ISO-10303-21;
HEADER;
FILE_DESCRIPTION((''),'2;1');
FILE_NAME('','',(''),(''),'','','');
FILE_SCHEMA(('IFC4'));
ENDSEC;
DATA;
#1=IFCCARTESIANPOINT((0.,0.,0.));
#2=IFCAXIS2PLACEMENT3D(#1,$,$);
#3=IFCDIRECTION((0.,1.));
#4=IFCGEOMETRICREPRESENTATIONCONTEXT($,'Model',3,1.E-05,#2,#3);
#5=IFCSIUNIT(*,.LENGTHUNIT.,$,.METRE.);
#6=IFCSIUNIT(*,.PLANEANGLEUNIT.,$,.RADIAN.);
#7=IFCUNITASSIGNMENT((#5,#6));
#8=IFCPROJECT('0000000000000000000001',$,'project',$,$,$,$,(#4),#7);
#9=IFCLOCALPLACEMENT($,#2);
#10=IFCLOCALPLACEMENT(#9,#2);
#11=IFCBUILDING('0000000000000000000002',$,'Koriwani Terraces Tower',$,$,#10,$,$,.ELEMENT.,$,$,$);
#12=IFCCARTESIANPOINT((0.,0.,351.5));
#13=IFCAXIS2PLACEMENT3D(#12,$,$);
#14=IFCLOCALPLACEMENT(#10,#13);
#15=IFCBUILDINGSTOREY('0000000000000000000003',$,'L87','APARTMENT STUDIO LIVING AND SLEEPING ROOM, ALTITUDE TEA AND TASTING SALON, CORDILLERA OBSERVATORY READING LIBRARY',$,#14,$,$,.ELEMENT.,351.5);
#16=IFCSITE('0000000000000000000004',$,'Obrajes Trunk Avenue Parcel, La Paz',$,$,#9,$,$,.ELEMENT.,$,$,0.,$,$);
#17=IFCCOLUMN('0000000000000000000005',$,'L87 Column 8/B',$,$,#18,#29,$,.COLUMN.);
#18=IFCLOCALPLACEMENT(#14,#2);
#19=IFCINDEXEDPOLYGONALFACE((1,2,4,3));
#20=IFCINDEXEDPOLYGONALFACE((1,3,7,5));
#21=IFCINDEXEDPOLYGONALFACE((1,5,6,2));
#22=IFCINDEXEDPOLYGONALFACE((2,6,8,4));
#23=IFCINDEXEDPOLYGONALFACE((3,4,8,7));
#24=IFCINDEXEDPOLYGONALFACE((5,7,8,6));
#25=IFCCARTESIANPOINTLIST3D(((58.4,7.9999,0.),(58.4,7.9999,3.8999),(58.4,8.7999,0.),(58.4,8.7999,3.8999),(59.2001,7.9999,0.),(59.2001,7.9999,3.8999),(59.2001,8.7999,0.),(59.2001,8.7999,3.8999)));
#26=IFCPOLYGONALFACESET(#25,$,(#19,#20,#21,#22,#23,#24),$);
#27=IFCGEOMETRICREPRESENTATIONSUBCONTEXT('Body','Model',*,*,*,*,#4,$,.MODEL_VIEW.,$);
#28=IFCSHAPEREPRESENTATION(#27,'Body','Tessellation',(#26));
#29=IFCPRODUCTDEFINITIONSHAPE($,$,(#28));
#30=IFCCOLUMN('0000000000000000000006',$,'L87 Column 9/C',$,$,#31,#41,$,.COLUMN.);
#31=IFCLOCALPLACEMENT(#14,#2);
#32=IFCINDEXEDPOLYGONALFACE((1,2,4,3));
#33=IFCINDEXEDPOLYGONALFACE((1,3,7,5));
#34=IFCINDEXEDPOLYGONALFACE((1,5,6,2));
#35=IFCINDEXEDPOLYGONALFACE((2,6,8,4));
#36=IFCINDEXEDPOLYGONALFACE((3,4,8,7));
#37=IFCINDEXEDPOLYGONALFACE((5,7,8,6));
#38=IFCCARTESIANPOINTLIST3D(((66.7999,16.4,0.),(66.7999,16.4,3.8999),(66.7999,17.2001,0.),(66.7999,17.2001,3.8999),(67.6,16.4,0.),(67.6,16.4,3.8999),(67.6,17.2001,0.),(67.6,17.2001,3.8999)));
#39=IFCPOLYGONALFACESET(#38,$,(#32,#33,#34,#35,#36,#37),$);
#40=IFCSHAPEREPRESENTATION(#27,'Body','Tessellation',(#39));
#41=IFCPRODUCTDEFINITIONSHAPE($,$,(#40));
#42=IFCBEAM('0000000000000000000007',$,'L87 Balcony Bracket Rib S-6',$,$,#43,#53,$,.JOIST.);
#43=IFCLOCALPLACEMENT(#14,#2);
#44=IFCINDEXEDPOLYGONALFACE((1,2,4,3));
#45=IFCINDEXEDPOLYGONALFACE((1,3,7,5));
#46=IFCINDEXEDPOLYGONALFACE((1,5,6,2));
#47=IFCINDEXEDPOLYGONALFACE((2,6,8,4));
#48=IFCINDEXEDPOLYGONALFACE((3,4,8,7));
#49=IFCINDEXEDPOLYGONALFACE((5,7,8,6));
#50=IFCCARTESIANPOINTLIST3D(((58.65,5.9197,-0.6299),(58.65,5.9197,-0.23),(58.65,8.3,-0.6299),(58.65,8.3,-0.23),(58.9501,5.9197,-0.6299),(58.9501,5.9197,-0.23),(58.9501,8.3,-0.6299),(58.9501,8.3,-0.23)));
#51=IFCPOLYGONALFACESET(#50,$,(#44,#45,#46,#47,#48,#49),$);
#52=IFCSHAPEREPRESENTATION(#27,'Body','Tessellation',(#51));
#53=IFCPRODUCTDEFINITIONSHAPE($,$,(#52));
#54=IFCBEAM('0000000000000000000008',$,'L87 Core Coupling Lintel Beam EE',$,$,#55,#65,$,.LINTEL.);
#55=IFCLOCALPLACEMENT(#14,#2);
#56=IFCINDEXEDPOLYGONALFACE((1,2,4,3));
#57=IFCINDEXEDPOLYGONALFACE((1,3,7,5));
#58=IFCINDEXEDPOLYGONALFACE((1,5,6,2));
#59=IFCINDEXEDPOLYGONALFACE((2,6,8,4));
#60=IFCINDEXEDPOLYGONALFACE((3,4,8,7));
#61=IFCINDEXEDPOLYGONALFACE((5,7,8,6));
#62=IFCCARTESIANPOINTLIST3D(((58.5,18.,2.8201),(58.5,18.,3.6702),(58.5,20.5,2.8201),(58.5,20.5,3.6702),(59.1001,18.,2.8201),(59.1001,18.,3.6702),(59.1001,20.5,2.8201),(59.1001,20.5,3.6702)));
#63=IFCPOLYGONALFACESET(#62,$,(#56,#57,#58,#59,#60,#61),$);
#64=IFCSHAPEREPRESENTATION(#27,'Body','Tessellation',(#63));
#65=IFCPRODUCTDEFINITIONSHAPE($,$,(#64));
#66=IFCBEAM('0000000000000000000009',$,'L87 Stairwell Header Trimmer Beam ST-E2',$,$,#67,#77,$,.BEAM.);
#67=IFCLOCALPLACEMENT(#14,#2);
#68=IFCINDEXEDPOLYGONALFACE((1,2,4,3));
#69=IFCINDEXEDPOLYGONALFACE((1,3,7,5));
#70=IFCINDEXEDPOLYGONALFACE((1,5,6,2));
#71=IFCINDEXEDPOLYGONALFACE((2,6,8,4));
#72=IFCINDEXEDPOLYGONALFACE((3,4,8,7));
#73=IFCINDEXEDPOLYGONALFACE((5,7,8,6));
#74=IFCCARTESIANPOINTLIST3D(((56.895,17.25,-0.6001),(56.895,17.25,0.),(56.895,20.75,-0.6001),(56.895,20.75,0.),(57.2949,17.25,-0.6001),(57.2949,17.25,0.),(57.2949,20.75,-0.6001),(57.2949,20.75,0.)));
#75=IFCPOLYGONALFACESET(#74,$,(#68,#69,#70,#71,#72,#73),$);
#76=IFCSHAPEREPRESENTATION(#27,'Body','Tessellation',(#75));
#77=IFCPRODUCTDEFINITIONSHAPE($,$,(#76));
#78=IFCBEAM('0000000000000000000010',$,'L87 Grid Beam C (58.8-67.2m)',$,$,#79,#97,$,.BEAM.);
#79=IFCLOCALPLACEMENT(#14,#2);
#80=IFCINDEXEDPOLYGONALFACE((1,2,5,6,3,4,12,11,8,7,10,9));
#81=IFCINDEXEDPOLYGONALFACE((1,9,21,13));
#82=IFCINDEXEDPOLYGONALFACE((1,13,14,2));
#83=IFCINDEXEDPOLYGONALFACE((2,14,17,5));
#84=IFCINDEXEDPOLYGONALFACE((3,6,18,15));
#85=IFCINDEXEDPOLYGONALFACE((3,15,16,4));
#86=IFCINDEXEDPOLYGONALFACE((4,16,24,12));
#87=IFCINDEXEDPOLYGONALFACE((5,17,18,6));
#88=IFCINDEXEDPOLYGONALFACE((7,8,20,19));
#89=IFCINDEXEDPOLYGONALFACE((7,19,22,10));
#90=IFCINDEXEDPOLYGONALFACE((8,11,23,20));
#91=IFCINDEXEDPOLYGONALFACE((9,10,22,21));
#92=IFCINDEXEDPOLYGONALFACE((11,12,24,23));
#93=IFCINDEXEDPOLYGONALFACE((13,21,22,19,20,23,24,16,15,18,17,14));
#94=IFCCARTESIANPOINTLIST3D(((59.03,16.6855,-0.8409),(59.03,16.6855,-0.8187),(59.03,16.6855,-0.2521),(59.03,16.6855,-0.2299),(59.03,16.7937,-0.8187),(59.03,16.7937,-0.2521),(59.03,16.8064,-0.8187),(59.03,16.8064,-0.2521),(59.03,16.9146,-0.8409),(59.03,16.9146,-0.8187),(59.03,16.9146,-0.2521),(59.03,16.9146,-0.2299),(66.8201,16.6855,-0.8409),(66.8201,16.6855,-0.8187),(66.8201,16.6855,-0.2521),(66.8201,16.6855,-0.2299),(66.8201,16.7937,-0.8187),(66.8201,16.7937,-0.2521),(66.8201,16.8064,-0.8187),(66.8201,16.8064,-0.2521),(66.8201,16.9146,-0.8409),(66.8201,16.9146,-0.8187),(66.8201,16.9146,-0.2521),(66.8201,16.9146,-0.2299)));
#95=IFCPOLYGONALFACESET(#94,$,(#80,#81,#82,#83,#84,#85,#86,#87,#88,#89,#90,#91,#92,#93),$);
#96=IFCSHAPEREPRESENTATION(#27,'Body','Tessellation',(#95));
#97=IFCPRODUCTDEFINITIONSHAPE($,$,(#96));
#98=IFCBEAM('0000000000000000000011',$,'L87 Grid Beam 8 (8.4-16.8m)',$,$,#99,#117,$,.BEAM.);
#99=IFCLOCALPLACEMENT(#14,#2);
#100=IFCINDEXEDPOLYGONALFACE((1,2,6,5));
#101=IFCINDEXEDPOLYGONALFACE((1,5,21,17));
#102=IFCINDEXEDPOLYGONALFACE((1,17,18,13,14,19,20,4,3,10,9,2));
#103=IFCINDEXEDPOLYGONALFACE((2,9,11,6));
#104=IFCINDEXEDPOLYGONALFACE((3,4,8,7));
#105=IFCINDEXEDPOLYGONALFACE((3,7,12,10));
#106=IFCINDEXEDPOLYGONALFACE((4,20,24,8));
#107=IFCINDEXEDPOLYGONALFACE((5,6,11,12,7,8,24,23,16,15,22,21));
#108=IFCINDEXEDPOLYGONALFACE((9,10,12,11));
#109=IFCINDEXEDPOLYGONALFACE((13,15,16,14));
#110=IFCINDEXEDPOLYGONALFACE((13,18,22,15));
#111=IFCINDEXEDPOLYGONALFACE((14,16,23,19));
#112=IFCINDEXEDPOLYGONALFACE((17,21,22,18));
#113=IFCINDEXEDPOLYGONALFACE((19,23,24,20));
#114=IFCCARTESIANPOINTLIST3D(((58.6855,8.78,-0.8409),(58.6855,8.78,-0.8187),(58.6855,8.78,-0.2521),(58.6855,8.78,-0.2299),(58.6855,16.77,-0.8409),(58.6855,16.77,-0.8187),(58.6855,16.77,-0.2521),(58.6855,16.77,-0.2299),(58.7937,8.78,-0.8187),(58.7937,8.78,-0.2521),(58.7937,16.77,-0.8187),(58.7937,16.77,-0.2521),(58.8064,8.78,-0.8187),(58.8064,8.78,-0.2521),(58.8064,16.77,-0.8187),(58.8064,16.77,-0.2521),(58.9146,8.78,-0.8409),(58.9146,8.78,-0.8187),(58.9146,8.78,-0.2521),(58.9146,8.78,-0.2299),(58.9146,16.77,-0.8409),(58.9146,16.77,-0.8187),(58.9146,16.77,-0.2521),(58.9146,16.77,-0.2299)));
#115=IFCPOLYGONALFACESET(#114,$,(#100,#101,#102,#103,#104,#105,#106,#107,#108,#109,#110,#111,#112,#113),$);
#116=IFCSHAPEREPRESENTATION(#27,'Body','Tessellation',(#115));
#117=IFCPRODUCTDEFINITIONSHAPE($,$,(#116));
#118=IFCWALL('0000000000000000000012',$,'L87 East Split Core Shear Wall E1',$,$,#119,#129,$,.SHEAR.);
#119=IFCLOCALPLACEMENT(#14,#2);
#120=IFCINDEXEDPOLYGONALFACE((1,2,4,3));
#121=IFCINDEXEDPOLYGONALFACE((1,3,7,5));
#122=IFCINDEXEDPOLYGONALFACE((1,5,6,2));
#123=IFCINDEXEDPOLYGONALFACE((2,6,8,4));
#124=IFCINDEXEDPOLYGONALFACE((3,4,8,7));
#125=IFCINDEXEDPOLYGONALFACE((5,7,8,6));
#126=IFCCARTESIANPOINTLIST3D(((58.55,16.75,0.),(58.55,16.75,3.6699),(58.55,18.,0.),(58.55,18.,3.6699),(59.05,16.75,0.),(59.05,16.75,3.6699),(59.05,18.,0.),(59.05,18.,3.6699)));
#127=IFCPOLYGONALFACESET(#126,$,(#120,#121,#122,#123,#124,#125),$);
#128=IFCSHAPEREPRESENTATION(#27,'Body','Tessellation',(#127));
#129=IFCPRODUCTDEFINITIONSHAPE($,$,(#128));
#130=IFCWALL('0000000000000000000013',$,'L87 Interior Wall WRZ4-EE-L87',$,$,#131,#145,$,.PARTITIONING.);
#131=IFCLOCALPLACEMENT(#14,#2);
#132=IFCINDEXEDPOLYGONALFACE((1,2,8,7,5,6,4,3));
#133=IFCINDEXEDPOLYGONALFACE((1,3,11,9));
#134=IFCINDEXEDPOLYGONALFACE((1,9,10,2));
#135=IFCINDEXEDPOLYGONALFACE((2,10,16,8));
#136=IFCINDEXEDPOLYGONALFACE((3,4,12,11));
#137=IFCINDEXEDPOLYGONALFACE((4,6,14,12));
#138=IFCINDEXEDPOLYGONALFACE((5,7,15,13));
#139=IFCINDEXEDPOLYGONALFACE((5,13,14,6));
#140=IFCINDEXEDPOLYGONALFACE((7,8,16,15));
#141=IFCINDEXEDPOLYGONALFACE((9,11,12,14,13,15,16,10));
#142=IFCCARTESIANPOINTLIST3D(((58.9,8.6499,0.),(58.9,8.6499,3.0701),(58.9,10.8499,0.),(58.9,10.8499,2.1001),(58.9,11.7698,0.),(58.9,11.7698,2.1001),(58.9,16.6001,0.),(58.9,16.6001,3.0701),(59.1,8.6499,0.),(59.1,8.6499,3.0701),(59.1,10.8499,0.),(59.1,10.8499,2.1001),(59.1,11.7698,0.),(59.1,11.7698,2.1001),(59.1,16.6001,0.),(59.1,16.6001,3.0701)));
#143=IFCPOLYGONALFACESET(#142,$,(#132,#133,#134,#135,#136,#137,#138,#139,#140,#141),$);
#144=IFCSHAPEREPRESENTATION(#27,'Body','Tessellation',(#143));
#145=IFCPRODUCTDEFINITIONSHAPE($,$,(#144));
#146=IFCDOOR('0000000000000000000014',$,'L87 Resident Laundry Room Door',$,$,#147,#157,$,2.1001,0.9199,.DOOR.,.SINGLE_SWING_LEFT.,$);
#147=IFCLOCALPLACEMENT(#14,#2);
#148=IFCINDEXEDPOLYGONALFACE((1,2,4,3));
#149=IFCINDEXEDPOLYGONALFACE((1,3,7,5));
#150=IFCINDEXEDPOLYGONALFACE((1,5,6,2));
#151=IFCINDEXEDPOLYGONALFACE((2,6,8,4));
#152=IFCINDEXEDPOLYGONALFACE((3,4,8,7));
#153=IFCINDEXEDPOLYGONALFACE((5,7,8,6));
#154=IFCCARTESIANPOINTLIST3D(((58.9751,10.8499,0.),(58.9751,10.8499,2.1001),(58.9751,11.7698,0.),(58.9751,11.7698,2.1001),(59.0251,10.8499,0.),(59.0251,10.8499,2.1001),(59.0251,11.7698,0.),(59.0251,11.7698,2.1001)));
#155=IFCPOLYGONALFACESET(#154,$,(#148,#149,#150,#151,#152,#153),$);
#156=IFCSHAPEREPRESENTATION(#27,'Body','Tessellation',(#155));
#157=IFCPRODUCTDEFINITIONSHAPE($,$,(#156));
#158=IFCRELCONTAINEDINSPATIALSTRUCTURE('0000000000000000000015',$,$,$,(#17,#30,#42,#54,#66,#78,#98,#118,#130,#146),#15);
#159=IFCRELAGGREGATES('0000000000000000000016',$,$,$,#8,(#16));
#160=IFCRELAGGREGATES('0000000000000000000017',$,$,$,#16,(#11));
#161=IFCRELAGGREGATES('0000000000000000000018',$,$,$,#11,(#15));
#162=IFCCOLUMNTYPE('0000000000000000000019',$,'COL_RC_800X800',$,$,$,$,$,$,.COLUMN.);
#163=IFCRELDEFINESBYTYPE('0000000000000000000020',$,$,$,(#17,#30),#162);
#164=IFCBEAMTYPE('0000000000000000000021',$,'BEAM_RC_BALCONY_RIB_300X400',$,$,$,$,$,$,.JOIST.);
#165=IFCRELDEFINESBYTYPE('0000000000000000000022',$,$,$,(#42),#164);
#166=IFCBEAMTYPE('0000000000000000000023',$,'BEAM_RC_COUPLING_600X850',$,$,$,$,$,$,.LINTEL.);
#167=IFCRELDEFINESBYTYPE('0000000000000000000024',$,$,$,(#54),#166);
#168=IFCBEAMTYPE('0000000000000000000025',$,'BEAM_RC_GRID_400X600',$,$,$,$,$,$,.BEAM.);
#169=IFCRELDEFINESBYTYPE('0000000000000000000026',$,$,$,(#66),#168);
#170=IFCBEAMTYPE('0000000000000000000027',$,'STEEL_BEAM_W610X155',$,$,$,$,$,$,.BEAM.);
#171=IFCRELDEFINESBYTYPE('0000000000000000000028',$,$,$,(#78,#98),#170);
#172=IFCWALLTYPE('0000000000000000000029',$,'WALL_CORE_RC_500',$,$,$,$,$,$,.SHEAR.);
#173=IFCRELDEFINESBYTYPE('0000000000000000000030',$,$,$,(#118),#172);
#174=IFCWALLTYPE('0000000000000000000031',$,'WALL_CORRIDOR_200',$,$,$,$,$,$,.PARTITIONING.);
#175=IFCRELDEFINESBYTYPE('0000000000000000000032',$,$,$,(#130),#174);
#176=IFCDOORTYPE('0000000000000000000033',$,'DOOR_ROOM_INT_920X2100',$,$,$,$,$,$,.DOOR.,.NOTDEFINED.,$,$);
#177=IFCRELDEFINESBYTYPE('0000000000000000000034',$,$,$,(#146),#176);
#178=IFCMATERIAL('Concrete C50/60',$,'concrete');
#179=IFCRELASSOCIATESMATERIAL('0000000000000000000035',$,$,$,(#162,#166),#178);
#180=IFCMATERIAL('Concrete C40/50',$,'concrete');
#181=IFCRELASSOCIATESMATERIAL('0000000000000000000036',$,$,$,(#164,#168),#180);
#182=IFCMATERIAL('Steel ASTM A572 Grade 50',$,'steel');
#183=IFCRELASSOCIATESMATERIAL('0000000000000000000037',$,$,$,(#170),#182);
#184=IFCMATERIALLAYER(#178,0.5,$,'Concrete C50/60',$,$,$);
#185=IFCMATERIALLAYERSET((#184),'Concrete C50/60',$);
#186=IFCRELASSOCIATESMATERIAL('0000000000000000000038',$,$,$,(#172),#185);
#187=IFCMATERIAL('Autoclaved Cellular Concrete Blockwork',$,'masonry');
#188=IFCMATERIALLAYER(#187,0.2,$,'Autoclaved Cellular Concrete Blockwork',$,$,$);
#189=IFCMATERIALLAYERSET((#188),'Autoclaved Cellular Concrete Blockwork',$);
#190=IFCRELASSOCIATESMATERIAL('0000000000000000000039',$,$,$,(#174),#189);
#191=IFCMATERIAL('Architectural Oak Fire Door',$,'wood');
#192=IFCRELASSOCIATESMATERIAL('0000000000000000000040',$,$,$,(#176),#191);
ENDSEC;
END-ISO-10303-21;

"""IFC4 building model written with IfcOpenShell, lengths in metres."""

from ifc_helpers import new_model, si_unit, direction, frame, frame_2d, origin, origin_2d, place, context, subcontext, project, spatial, rectangle, i_section, extrude, material, layer, layer_set, material_profile, profile_set, type_object, element, fill, save


model = new_model("IFC4")

# Units and contexts
model_context = context("Model", 3, precision=1e-05, world=origin(), true_north=direction((0.0, 1.0)))
body_context = subcontext(model_context, "Body", "Model", "MODEL_VIEW")
ifc_project = project(units=[si_unit("LENGTHUNIT", "METRE"), si_unit("PLANEANGLEUNIT", "RADIAN")], contexts=[model_context])

# Site, building, storey
site_placement = place(None, origin())
site = spatial("IfcSite", under=ifc_project, at=site_placement, Name="Obrajes Trunk Avenue Parcel, La Paz", CompositionType="ELEMENT", RefElevation=0.0)
building_placement = place(site_placement, origin())
building = spatial("IfcBuilding", under=site, at=building_placement, Name="Koriwani Terraces Tower", CompositionType="ELEMENT")
storey_placement = place(building_placement, frame((0.0, 0.0, 351.5)))
storey = spatial("IfcBuildingStorey", under=building, at=storey_placement, Name="L87", Description="APARTMENT STUDIO LIVING AND SLEEPING ROOM, ALTITUDE TEA AND TASTING SALON, CORDILLERA OBSERVATORY READING LIBRARY", CompositionType="ELEMENT", Elevation=351.5)

# Columns
ifc_material_1 = material(Name="Concrete C50/60", Category="concrete")
ifc_material_profile_1 = material_profile(ifc_material_1, rectangle(XDim=0.8, YDim=0.8, at=origin_2d()), Name="Concrete C50/60", Category="LoadBearing")
ifc_profile_set_1 = profile_set([ifc_material_profile_1], Name="Concrete C50/60")
column_type = type_object("IfcColumnType", Name="COL_RC_800X800", PredefinedType="COLUMN", material=ifc_profile_set_1)
for number, where, z_axis, x_axis, name in (
    (1, (58.8, 8.3999, 0.0), (0.0, 0.0, 1.0), (1.0, 0.0, 0.0), "L87 Column 8/B"),
    (2, (67.2, 16.8, 0.0), (0.0, 0.0, 1.0), (1.0, 0.0, 0.0), "L87 Column 9/C"),
):
    element("IfcColumn", number, at=place(storey_placement, frame(where, z_axis=z_axis, x_axis=x_axis)), inside=storey, type_object=column_type, Name=name, PredefinedType="COLUMN", context=body_context, shape_type="SweptSolid", body=[
        extrude(rectangle(XDim=0.8, YDim=0.8, at=origin_2d()), origin(), (0.0, 0.0, 1.0), 3.8999),
    ])

# Beams
ifc_material_2 = material(Name="Concrete C40/50", Category="concrete")
ifc_material_profile_2 = material_profile(ifc_material_2, rectangle(XDim=0.3, YDim=0.3999, at=origin_2d()), Name="Concrete C40/50", Category="LoadBearing")
ifc_profile_set_2 = profile_set([ifc_material_profile_2], Name="Concrete C40/50")
beam_type_1 = type_object("IfcBeamType", Name="BEAM_RC_BALCONY_RIB_300X400", PredefinedType="JOIST", material=ifc_profile_set_2)
beam_1_placement = place(storey_placement, frame((58.8, 5.9197, -0.4299), z_axis=(0.0, 1.0, 0.0), x_axis=(-1.0, 0.0, 0.0)))
element("IfcBeam", 3, at=beam_1_placement, inside=storey, type_object=beam_type_1, Name="L87 Balcony Bracket Rib S-6", PredefinedType="JOIST", context=body_context, shape_type="SweptSolid", body=[
    extrude(rectangle(XDim=0.3, YDim=0.3999, at=origin_2d()), origin(), (0.0, 0.0, 1.0), 2.3804),
])
ifc_material_profile_3 = material_profile(ifc_material_1, rectangle(XDim=0.6001, YDim=0.8501, at=origin_2d()), Name="Concrete C50/60", Category="LoadBearing")
ifc_profile_set_3 = profile_set([ifc_material_profile_3], Name="Concrete C50/60")
beam_type_2 = type_object("IfcBeamType", Name="BEAM_RC_COUPLING_600X850", PredefinedType="LINTEL", material=ifc_profile_set_3)
beam_2_placement = place(storey_placement, frame((58.8, 18.0, 3.2451), z_axis=(0.0, 1.0, 0.0), x_axis=(-1.0, 0.0, 0.0)))
element("IfcBeam", 4, at=beam_2_placement, inside=storey, type_object=beam_type_2, Name="L87 Core Coupling Lintel Beam EE", PredefinedType="LINTEL", context=body_context, shape_type="SweptSolid", body=[
    extrude(rectangle(XDim=0.6001, YDim=0.8501, at=origin_2d()), origin(), (0.0, 0.0, 1.0), 2.5),
])
ifc_material_profile_4 = material_profile(ifc_material_2, rectangle(XDim=0.3999, YDim=0.6001, at=origin_2d()), Name="Concrete C40/50", Category="LoadBearing")
ifc_profile_set_4 = profile_set([ifc_material_profile_4], Name="Concrete C40/50")
beam_type_3 = type_object("IfcBeamType", Name="BEAM_RC_GRID_400X600", PredefinedType="BEAM", material=ifc_profile_set_4)
beam_3_placement = place(storey_placement, frame((57.095, 17.25, -0.3), z_axis=(0.0, 1.0, 0.0), x_axis=(-1.0, 0.0, 0.0)))
element("IfcBeam", 5, at=beam_3_placement, inside=storey, type_object=beam_type_3, Name="L87 Stairwell Header Trimmer Beam ST-E2", PredefinedType="BEAM", context=body_context, shape_type="SweptSolid", body=[
    extrude(rectangle(XDim=0.3999, YDim=0.6001, at=origin_2d()), origin(), (0.0, 0.0, 1.0), 3.5),
])
ifc_material_3 = material(Name="Steel ASTM A572 Grade 50", Category="steel")
ifc_material_profile_5 = material_profile(ifc_material_3, i_section(OverallWidth=0.229, OverallDepth=0.6111, WebThickness=0.0127, FlangeThickness=0.0222, at=origin_2d()), Name="Steel ASTM A572 Grade 50", Category="LoadBearing")
ifc_profile_set_5 = profile_set([ifc_material_profile_5], Name="Steel ASTM A572 Grade 50")
beam_type_4 = type_object("IfcBeamType", Name="STEEL_BEAM_W610X155", PredefinedType="BEAM", material=ifc_profile_set_5)
beam_4_placement = place(storey_placement, frame((59.03, 16.8, -0.5354), z_axis=(1.0, 0.0, 0.0), x_axis=(0.0, 1.0, 0.0)))
element("IfcBeam", 6, at=beam_4_placement, inside=storey, type_object=beam_type_4, Name="L87 Grid Beam C (58.8-67.2m)", PredefinedType="BEAM", context=body_context, shape_type="SweptSolid", body=[
    extrude(i_section(OverallWidth=0.229, OverallDepth=0.6111, WebThickness=0.0127, FlangeThickness=0.0222, at=origin_2d()), origin(), (0.0, 0.0, 1.0), 7.79),
])
beam_5_placement = place(storey_placement, frame((58.8, 8.78, -0.5354), z_axis=(0.0, 1.0, 0.0), x_axis=(-1.0, 0.0, 0.0)))
element("IfcBeam", 7, at=beam_5_placement, inside=storey, type_object=beam_type_4, Name="L87 Grid Beam 8 (8.4-16.8m)", PredefinedType="BEAM", context=body_context, shape_type="SweptSolid", body=[
    extrude(i_section(OverallWidth=0.229, OverallDepth=0.6111, WebThickness=0.0127, FlangeThickness=0.0222, at=origin_2d()), origin(), (0.0, 0.0, 1.0), 7.99),
])

# Wall
ifc_layer_1 = layer(ifc_material_1, 0.5, Name="Concrete C50/60")
ifc_layer_set_1 = layer_set([ifc_layer_1], Name="Concrete C50/60")
wall_type_1 = type_object("IfcWallType", Name="WALL_CORE_RC_500", PredefinedType="SHEAR", material=ifc_layer_set_1)
wall_1_placement = place(storey_placement, frame((58.8, 16.75, 0.0), z_axis=(0.0, 0.0, 1.0), x_axis=(0.0, 1.0, 0.0)))
element("IfcWall", 8, at=wall_1_placement, inside=storey, type_object=wall_type_1, Name="L87 East Split Core Shear Wall E1", PredefinedType="SHEAR", context=body_context, shape_type="SweptSolid", body=[
    extrude(rectangle(XDim=1.25, YDim=0.5, at=frame_2d((0.625, 0.0))), origin(), (0.0, 0.0, 1.0), 3.6699),
])

# Wall, opening, door
ifc_material_4 = material(Name="Autoclaved Cellular Concrete Blockwork", Category="masonry")
ifc_layer_2 = layer(ifc_material_4, 0.2, Name="Autoclaved Cellular Concrete Blockwork")
ifc_layer_set_2 = layer_set([ifc_layer_2], Name="Autoclaved Cellular Concrete Blockwork")
wall_type_2 = type_object("IfcWallType", Name="WALL_CORRIDOR_200", PredefinedType="PARTITIONING", material=ifc_layer_set_2)
wall_2_placement = place(storey_placement, frame((59.0, 8.6499, 0.0), z_axis=(0.0, 0.0, 1.0), x_axis=(0.0, 1.0, 0.0)))
wall_2 = element("IfcWall", 9, at=wall_2_placement, inside=storey, type_object=wall_type_2, Name="L87 Interior Wall WRZ4-EE-L87", PredefinedType="PARTITIONING", context=body_context, shape_type="SweptSolid", body=[
    extrude(rectangle(XDim=7.9502, YDim=0.2, at=frame_2d((3.9751, 0.0))), origin(), (0.0, 0.0, 1.0), 3.0701),
])
opening_1_placement = place(wall_2_placement, frame((2.2, 0.0, 0.0)))
opening_1 = element("IfcOpeningElement", 10, at=opening_1_placement, cuts=wall_2, PredefinedType="OPENING", context=body_context, shape_type="SweptSolid", body=[
    extrude(rectangle(XDim=0.9199, YDim=2.1001, at=frame_2d((0.46, 1.05))), frame((0.0, 0.1099, 0.0), z_axis=(0.0, -1.0, 0.0), x_axis=(1.0, 0.0, 0.0)), (0.0, 0.0, 1.0), 0.22),
])
ifc_material_5 = material(Name="Architectural Oak Fire Door", Category="wood")
door_type_1 = type_object("IfcDoorType", Name="DOOR_ROOM_INT_920X2100", OperationType="NOTDEFINED", PredefinedType="DOOR", material=ifc_material_5)
door_1_placement = place(opening_1_placement, origin())
door_1 = element("IfcDoor", 11, at=door_1_placement, inside=storey, type_object=door_type_1, Name="L87 Resident Laundry Room Door", OperationType="SINGLE_SWING_LEFT", OverallHeight=2.1001, OverallWidth=0.9199, PredefinedType="DOOR", context=body_context, shape_type="SweptSolid", body=[
    extrude(rectangle(XDim=0.9199, YDim=2.1001, at=frame_2d((0.46, 1.05))), frame((0.0, 0.0249, 0.0), z_axis=(0.0, -1.0, 0.0), x_axis=(1.0, 0.0, 0.0)), (0.0, 0.0, 1.0), 0.05),
])
fill(opening_1, door_1)

save(model, "model.ifc")
